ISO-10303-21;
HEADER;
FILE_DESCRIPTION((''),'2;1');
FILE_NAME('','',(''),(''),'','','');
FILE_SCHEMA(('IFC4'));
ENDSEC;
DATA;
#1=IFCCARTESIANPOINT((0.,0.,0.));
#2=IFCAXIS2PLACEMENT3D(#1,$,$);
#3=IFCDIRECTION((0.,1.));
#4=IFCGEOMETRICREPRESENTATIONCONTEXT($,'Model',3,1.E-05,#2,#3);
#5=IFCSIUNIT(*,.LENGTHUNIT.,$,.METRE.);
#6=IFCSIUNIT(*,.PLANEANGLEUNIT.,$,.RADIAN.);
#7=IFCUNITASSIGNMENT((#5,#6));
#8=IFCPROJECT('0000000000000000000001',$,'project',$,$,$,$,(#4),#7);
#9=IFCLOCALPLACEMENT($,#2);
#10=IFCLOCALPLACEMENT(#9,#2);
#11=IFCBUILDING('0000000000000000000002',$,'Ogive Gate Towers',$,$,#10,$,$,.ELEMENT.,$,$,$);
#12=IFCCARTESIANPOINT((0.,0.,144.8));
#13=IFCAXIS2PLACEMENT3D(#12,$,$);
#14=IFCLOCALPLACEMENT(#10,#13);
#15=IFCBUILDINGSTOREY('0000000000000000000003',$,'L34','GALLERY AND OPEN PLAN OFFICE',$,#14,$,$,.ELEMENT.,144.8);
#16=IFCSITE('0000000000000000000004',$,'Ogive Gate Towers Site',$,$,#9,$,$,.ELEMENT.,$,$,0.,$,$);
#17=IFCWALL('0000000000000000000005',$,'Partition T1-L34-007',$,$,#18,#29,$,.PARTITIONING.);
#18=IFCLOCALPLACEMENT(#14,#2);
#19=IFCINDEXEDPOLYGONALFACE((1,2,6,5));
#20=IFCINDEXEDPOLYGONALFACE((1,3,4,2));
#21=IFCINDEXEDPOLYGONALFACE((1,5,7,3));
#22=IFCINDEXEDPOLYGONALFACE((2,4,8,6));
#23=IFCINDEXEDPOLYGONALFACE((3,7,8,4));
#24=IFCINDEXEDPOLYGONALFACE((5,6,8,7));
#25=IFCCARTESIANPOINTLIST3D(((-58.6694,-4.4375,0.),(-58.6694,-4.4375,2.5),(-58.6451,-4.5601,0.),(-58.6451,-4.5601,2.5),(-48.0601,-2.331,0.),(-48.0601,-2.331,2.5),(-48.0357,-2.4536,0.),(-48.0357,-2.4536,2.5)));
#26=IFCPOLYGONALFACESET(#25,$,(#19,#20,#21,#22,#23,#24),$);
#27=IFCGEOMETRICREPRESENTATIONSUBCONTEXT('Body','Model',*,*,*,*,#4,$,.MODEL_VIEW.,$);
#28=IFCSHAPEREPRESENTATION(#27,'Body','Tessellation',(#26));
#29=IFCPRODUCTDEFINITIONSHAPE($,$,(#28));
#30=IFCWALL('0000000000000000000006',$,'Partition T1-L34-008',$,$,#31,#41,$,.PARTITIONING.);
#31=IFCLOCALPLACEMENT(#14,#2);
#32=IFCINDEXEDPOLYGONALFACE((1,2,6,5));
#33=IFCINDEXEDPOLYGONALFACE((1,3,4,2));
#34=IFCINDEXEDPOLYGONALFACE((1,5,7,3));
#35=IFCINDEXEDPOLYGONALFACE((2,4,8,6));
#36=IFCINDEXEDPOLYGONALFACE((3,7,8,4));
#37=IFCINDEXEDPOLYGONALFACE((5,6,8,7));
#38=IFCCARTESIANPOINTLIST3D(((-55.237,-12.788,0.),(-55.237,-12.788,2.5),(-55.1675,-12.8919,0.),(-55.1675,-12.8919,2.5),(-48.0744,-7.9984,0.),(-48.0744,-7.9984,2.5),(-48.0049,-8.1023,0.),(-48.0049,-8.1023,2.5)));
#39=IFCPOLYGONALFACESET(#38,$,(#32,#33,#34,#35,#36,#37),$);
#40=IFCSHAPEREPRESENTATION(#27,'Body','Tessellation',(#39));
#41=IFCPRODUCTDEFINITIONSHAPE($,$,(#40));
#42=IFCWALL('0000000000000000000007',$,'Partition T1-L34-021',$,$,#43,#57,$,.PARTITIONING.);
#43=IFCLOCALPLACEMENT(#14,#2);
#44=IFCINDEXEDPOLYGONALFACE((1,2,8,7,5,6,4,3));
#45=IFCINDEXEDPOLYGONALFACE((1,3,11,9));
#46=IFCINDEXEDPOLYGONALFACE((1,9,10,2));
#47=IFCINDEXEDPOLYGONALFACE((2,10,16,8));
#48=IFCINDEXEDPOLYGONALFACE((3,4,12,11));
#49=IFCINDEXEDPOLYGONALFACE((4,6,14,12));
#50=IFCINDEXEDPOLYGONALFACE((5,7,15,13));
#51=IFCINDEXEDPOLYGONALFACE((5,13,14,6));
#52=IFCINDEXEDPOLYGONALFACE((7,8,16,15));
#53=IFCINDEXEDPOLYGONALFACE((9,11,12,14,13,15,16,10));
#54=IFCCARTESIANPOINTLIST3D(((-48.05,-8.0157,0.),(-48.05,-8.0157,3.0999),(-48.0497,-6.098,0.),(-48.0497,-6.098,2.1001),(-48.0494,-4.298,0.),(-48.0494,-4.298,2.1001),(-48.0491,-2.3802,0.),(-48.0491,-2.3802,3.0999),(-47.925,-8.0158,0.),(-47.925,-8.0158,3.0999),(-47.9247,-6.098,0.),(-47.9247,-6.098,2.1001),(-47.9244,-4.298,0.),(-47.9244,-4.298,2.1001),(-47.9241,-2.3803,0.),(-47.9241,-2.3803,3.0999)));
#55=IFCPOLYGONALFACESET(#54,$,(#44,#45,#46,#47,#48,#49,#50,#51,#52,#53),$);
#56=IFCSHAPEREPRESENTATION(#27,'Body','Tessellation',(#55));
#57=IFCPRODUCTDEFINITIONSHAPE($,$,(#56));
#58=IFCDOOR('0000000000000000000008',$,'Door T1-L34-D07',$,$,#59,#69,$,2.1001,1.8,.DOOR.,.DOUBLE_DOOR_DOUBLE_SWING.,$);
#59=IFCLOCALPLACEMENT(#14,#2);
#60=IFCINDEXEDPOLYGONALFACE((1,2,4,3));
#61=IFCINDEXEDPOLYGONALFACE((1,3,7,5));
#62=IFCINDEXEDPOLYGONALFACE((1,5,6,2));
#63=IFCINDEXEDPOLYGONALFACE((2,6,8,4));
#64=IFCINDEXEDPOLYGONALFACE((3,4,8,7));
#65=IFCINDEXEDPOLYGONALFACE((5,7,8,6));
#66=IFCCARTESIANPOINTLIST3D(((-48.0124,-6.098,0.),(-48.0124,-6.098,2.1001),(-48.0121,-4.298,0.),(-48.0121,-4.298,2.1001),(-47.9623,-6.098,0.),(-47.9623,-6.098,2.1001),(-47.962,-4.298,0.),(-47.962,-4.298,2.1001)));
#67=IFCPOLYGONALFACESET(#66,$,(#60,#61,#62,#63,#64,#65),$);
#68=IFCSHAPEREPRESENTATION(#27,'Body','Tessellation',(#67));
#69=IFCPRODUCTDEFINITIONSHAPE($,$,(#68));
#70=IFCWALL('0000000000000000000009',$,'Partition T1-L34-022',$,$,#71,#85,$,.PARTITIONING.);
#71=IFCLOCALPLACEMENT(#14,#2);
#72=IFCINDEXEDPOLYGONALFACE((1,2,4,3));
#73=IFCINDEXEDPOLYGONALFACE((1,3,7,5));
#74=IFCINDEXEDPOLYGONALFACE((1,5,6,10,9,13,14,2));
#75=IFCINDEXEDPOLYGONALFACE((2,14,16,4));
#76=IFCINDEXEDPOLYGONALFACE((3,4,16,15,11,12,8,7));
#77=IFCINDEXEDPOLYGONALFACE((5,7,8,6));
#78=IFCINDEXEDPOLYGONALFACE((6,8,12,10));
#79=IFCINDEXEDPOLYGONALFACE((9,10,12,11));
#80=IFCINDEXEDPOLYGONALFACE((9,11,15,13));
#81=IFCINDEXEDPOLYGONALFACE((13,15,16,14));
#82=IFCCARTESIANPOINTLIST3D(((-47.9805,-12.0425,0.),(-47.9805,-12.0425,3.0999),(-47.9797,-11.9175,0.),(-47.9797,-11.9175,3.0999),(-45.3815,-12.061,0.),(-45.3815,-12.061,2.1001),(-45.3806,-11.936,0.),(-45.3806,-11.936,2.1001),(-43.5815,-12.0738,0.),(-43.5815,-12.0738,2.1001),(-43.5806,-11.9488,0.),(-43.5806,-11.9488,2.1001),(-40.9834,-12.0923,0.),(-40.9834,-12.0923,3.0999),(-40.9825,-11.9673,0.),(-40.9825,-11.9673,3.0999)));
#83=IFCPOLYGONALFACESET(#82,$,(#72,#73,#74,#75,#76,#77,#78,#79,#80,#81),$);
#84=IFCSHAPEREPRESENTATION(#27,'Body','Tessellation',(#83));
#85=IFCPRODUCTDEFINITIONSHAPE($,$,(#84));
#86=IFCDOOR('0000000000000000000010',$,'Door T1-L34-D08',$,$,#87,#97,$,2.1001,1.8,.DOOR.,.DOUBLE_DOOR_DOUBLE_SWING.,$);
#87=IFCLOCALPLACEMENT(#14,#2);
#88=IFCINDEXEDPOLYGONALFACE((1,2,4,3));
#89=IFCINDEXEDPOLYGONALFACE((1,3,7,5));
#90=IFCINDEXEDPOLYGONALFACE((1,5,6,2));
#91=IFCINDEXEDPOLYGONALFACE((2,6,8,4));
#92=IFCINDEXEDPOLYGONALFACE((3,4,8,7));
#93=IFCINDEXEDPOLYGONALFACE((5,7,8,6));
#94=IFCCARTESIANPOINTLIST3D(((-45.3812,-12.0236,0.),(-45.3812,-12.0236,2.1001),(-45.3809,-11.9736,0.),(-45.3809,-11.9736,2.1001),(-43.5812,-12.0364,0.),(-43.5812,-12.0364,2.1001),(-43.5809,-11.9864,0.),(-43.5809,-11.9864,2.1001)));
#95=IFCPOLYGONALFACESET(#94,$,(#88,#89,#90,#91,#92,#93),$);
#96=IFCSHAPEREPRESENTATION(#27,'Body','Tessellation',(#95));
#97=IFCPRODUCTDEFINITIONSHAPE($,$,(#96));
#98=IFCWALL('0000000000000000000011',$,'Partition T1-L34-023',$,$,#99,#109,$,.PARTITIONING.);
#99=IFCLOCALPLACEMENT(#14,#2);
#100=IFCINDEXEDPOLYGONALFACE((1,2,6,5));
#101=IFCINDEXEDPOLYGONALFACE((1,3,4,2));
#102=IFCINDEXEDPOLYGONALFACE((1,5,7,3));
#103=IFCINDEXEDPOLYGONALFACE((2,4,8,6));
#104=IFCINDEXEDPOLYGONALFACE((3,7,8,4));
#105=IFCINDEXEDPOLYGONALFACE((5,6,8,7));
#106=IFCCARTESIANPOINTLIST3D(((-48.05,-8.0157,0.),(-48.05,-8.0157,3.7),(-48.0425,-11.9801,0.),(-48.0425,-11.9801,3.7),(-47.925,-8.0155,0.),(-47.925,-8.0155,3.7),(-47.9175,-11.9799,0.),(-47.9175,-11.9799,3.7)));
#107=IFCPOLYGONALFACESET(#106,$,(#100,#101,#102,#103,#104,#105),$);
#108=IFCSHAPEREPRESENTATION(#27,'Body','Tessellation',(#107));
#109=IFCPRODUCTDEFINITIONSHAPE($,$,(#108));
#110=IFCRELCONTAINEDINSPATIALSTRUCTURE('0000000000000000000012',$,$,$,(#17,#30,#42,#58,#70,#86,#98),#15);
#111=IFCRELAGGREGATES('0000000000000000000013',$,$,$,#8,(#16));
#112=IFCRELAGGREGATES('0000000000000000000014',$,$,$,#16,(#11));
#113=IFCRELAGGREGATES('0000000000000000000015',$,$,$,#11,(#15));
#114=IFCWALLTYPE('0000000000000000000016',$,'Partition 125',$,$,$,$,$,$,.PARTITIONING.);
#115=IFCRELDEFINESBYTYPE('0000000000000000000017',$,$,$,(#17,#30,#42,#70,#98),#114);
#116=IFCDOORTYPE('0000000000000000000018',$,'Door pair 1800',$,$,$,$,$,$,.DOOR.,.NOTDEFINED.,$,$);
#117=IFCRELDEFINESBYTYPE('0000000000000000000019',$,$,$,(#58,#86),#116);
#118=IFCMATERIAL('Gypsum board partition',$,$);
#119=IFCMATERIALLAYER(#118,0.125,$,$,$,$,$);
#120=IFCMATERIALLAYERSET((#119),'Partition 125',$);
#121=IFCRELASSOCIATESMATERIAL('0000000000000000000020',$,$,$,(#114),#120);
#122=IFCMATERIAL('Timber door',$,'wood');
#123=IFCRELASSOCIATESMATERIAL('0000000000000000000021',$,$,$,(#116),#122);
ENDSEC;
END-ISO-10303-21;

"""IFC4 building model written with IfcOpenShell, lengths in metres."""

from ifc_helpers import new_model, si_unit, direction, frame, frame_2d, origin, place, context, subcontext, project, spatial, rectangle, extrude, material, layer, layer_set, type_object, element, fill, save


model = new_model("IFC4")

# Units and contexts
model_context = context("Model", 3, precision=1e-05, world=origin(), true_north=direction((0.0, 1.0)))
body_context = subcontext(model_context, "Body", "Model", "MODEL_VIEW")
ifc_project = project(units=[si_unit("LENGTHUNIT", "METRE"), si_unit("PLANEANGLEUNIT", "RADIAN")], contexts=[model_context])

# Site, building, storey
site_placement = place(None, origin())
site = spatial("IfcSite", under=ifc_project, at=site_placement, Name="Ogive Gate Towers Site", CompositionType="ELEMENT", RefElevation=0.0)
building_placement = place(site_placement, origin())
building = spatial("IfcBuilding", under=site, at=building_placement, Name="Ogive Gate Towers", CompositionType="ELEMENT")
storey_placement = place(building_placement, frame((0.0, 0.0, 144.8)))
storey = spatial("IfcBuildingStorey", under=building, at=storey_placement, Name="L34", Description="GALLERY AND OPEN PLAN OFFICE", CompositionType="ELEMENT", Elevation=144.8)

# Walls
ifc_material_1 = material(Name="Gypsum board partition")
ifc_layer_1 = layer(ifc_material_1, 0.125)
ifc_layer_set_1 = layer_set([ifc_layer_1], Name="Partition 125")
wall_type_1 = type_object("IfcWallType", Name="Partition 125", PredefinedType="PARTITIONING", material=ifc_layer_set_1)
wall_1_placement = place(storey_placement, frame((-58.6572, -4.4988, 0.0), z_axis=(0.0, 0.0, 1.0), x_axis=(0.980854, 0.194744, 0.0)))
element("IfcWall", 1, at=wall_1_placement, inside=storey, type_object=wall_type_1, Name="Partition T1-L34-007", PredefinedType="PARTITIONING", context=body_context, shape_type="SweptSolid", body=[
    extrude(rectangle(XDim=10.8164, YDim=0.125, at=frame_2d((5.4082, 0.0))), origin(), (0.0, 0.0, 1.0), 2.5),
])
wall_2_placement = place(storey_placement, frame((-55.2021, -12.8398, 0.0), z_axis=(0.0, 0.0, 1.0), x_axis=(0.831274, 0.555864, 0.0)))
element("IfcWall", 2, at=wall_2_placement, inside=storey, type_object=wall_type_1, Name="Partition T1-L34-008", PredefinedType="PARTITIONING", context=body_context, shape_type="SweptSolid", body=[
    extrude(rectangle(XDim=8.6165, YDim=0.125, at=frame_2d((4.3081, 0.0))), origin(), (0.0, 0.0, 1.0), 2.5),
])

# Walls, openings, doors
wall_3_placement = place(storey_placement, frame((-47.9866, -2.3801, 0.0), z_axis=(0.0, 0.0, 1.0), x_axis=(-0.000173, -1.0, 0.0)))
wall_3 = element("IfcWall", 3, at=wall_3_placement, inside=storey, type_object=wall_type_1, Name="Partition T1-L34-021", PredefinedType="PARTITIONING", context=body_context, shape_type="SweptSolid", body=[
    extrude(rectangle(XDim=5.6355, YDim=0.125, at=frame_2d((2.8179, 0.0))), origin(), (0.0, 0.0, 1.0), 3.0999),
])
opening_1_placement = place(wall_3_placement, frame((1.918, 0.0, 0.0)))
opening_1 = element("IfcOpeningElement", 4, at=opening_1_placement, cuts=wall_3, PredefinedType="OPENING", context=body_context, shape_type="SweptSolid", body=[
    extrude(rectangle(XDim=1.8, YDim=2.1001, at=frame_2d((0.8999, 1.05))), frame((0.0, 0.0725, 0.0), z_axis=(0.0, -1.0, 0.0), x_axis=(1.0, 0.0, 0.0)), (0.0, 0.0, 1.0), 0.145),
])
ifc_material_2 = material(Name="Timber door", Category="wood")
door_type_1 = type_object("IfcDoorType", Name="Door pair 1800", OperationType="NOTDEFINED", PredefinedType="DOOR", material=ifc_material_2)
door_1_placement = place(opening_1_placement, origin())
door_1 = element("IfcDoor", 5, at=door_1_placement, inside=storey, type_object=door_type_1, Name="Door T1-L34-D07", OperationType="DOUBLE_DOOR_DOUBLE_SWING", OverallHeight=2.1001, OverallWidth=1.8, PredefinedType="DOOR", context=body_context, shape_type="SweptSolid", body=[
    extrude(rectangle(XDim=1.8, YDim=2.1001, at=frame_2d((0.8999, 1.05))), frame((0.0, 0.0249, 0.0), z_axis=(0.0, -1.0, 0.0), x_axis=(1.0, 0.0, 0.0)), (0.0, 0.0, 1.0), 0.05),
])
fill(opening_1, door_1)
wall_4_placement = place(storey_placement, frame((-47.98, -11.98, 0.0), z_axis=(0.0, 0.0, 1.0), x_axis=(0.999975, -0.007118, 0.0)))
wall_4 = element("IfcWall", 6, at=wall_4_placement, inside=storey, type_object=wall_type_1, Name="Partition T1-L34-022", PredefinedType="PARTITIONING", context=body_context, shape_type="SweptSolid", body=[
    extrude(rectangle(XDim=6.9973, YDim=0.125, at=frame_2d((3.4985, 0.0))), origin(), (0.0, 0.0, 1.0), 3.0999),
])
opening_2_placement = place(wall_4_placement, frame((2.5991, 0.0, 0.0)))
opening_2 = element("IfcOpeningElement", 7, at=opening_2_placement, cuts=wall_4, PredefinedType="OPENING", context=body_context, shape_type="SweptSolid", body=[
    extrude(rectangle(XDim=1.8, YDim=2.1001, at=frame_2d((0.8999, 1.05))), frame((0.0, 0.0725, 0.0), z_axis=(0.0, -1.0, 0.0), x_axis=(1.0, 0.0, 0.0)), (0.0, 0.0, 1.0), 0.145),
])
door_2_placement = place(opening_2_placement, origin())
door_2 = element("IfcDoor", 8, at=door_2_placement, inside=storey, type_object=door_type_1, Name="Door T1-L34-D08", OperationType="DOUBLE_DOOR_DOUBLE_SWING", OverallHeight=2.1001, OverallWidth=1.8, PredefinedType="DOOR", context=body_context, shape_type="SweptSolid", body=[
    extrude(rectangle(XDim=1.8, YDim=2.1001, at=frame_2d((0.8999, 1.05))), frame((0.0, 0.0249, 0.0), z_axis=(0.0, -1.0, 0.0), x_axis=(1.0, 0.0, 0.0)), (0.0, 0.0, 1.0), 0.05),
])
fill(opening_2, door_2)

# Wall
wall_5_placement = place(storey_placement, frame((-47.9875, -8.0156, 0.0), z_axis=(0.0, 0.0, 1.0), x_axis=(0.001909, -0.999998, 0.0)))
element("IfcWall", 9, at=wall_5_placement, inside=storey, type_object=wall_type_1, Name="Partition T1-L34-023", PredefinedType="PARTITIONING", context=body_context, shape_type="SweptSolid", body=[
    extrude(rectangle(XDim=3.9644, YDim=0.125, at=frame_2d((1.9822, 0.0))), origin(), (0.0, 0.0, 1.0), 3.7),
])

save(model, "model.ifc")
